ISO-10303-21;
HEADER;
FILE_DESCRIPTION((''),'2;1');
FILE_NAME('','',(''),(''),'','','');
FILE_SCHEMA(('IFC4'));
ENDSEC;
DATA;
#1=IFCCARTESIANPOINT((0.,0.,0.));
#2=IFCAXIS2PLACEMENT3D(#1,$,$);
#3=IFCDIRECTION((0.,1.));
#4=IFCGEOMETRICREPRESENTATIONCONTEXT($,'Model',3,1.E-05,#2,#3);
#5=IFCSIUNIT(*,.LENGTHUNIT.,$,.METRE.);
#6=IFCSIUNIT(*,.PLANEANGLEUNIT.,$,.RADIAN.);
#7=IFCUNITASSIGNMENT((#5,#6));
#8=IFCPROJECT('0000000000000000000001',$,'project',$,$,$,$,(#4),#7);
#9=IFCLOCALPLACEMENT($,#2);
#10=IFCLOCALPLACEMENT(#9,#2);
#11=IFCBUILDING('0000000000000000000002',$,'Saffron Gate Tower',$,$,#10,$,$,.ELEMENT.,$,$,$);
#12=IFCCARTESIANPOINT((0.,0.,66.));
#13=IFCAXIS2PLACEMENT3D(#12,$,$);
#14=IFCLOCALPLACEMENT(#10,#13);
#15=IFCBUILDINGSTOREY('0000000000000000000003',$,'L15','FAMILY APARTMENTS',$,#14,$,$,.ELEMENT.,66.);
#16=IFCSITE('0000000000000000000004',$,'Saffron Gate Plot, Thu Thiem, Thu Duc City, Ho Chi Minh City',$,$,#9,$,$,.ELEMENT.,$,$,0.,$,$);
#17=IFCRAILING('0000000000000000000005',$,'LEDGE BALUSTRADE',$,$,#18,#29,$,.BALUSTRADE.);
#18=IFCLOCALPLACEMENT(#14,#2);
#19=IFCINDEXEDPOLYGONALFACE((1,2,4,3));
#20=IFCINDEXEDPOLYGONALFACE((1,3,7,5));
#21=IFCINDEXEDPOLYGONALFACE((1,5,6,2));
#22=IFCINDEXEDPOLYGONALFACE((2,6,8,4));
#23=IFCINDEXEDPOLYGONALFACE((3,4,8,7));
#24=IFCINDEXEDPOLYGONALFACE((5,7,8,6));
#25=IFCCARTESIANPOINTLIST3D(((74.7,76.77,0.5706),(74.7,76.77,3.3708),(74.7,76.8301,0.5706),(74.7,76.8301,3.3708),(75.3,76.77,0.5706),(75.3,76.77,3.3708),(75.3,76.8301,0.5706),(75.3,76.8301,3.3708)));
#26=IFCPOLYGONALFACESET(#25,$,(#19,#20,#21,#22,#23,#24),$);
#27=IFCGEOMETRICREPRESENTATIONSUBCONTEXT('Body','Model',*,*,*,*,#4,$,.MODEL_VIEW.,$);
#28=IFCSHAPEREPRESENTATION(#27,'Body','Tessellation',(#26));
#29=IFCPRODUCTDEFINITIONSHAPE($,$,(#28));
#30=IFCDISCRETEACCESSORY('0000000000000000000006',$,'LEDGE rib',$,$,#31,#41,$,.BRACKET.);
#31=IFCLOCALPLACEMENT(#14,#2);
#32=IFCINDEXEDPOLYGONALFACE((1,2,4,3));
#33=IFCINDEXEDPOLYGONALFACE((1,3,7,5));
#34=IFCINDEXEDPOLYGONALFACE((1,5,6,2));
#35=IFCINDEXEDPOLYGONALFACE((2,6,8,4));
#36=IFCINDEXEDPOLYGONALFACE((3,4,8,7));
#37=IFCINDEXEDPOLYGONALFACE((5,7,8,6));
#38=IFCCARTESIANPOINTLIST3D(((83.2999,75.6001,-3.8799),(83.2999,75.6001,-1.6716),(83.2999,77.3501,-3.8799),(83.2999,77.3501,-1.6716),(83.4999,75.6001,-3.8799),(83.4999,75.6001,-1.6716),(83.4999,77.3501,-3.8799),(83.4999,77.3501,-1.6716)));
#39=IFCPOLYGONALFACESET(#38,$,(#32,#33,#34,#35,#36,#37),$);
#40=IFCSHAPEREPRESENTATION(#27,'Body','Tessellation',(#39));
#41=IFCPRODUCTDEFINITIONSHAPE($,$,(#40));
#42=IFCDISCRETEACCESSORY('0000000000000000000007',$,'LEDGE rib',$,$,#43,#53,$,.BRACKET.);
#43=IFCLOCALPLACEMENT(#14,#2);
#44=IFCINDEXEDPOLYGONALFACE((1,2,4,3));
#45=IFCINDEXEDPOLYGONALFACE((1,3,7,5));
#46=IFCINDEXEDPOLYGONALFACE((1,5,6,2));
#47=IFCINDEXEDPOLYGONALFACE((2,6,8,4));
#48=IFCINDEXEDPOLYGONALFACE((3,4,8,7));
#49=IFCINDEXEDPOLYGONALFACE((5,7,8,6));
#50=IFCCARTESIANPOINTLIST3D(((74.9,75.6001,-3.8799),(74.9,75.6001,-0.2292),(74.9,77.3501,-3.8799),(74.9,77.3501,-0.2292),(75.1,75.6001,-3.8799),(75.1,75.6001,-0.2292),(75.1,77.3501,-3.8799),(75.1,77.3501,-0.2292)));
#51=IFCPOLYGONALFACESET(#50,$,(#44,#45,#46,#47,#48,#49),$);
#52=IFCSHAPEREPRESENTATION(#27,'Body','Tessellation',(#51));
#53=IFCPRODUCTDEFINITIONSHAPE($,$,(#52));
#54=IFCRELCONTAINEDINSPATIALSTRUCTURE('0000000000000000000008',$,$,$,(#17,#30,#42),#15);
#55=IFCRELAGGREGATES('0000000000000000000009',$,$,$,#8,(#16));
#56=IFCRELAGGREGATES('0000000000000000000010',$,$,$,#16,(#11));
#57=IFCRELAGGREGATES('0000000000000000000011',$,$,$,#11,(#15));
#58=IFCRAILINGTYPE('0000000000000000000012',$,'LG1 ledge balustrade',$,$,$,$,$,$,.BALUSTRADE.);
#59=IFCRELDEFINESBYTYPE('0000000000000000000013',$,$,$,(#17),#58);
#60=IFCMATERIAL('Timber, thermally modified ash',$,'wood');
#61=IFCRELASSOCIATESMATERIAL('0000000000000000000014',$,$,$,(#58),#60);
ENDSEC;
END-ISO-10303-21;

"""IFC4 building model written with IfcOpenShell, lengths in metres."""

from ifc_helpers import new_model, si_unit, direction, frame, origin, origin_2d, place, context, subcontext, project, spatial, rectangle, extrude, material, type_object, element, save


model = new_model("IFC4")

# Units and contexts
model_context = context("Model", 3, precision=1e-05, world=origin(), true_north=direction((0.0, 1.0)))
body_context = subcontext(model_context, "Body", "Model", "MODEL_VIEW")
ifc_project = project(units=[si_unit("LENGTHUNIT", "METRE"), si_unit("PLANEANGLEUNIT", "RADIAN")], contexts=[model_context])

# Site, building, storey
site_placement = place(None, origin())
site = spatial("IfcSite", under=ifc_project, at=site_placement, Name="Saffron Gate Plot, Thu Thiem, Thu Duc City, Ho Chi Minh City", CompositionType="ELEMENT", RefElevation=0.0)
building_placement = place(site_placement, origin())
building = spatial("IfcBuilding", under=site, at=building_placement, Name="Saffron Gate Tower", CompositionType="ELEMENT")
storey_placement = place(building_placement, frame((0.0, 0.0, 66.0)))
storey = spatial("IfcBuildingStorey", under=building, at=storey_placement, Name="L15", Description="FAMILY APARTMENTS", CompositionType="ELEMENT", Elevation=66.0)

# Shared definitions
ifc_material_1 = material(Name="Timber, thermally modified ash", Category="wood")

# Railing
railing_type_1 = type_object("IfcRailingType", Name="LG1 ledge balustrade", PredefinedType="BALUSTRADE", material=ifc_material_1)
railing_1_placement = place(storey_placement, frame((75.3, 76.8, 0.5706)))
element("IfcRailing", 1, at=railing_1_placement, inside=storey, type_object=railing_type_1, Name="LEDGE BALUSTRADE", PredefinedType="BALUSTRADE", context=body_context, shape_type="SweptSolid", body=[
    extrude(rectangle(XDim=0.0601, YDim=2.8003, at=origin_2d()), frame((0.0, 0.0, 1.4001), z_axis=(-1.0, 0.0, 0.0), x_axis=(0.0, -1.0, 0.0)), (0.0, 0.0, 1.0), 0.6001),
])

# Discrete accessories
discrete_accessory_1_placement = place(storey_placement, frame((83.3999, 76.4751, -3.8799), z_axis=(0.0, 0.0, 1.0), x_axis=(-1.0, 0.0, 0.0)))
element("IfcDiscreteAccessory", 2, at=discrete_accessory_1_placement, inside=storey, Name="LEDGE rib", PredefinedType="BRACKET", context=body_context, shape_type="SweptSolid", body=[
    extrude(rectangle(XDim=0.2, YDim=1.75, at=origin_2d()), origin(), (0.0, 0.0, 1.0), 2.2083),
])
discrete_accessory_2_placement = place(storey_placement, frame((75.0, 76.4751, -3.8799), z_axis=(0.0, 0.0, 1.0), x_axis=(-1.0, 0.0, 0.0)))
element("IfcDiscreteAccessory", 3, at=discrete_accessory_2_placement, inside=storey, Name="LEDGE rib", PredefinedType="BRACKET", context=body_context, shape_type="SweptSolid", body=[
    extrude(rectangle(XDim=0.2, YDim=1.75, at=origin_2d()), origin(), (0.0, 0.0, 1.0), 3.6506),
])

save(model, "model.ifc")
